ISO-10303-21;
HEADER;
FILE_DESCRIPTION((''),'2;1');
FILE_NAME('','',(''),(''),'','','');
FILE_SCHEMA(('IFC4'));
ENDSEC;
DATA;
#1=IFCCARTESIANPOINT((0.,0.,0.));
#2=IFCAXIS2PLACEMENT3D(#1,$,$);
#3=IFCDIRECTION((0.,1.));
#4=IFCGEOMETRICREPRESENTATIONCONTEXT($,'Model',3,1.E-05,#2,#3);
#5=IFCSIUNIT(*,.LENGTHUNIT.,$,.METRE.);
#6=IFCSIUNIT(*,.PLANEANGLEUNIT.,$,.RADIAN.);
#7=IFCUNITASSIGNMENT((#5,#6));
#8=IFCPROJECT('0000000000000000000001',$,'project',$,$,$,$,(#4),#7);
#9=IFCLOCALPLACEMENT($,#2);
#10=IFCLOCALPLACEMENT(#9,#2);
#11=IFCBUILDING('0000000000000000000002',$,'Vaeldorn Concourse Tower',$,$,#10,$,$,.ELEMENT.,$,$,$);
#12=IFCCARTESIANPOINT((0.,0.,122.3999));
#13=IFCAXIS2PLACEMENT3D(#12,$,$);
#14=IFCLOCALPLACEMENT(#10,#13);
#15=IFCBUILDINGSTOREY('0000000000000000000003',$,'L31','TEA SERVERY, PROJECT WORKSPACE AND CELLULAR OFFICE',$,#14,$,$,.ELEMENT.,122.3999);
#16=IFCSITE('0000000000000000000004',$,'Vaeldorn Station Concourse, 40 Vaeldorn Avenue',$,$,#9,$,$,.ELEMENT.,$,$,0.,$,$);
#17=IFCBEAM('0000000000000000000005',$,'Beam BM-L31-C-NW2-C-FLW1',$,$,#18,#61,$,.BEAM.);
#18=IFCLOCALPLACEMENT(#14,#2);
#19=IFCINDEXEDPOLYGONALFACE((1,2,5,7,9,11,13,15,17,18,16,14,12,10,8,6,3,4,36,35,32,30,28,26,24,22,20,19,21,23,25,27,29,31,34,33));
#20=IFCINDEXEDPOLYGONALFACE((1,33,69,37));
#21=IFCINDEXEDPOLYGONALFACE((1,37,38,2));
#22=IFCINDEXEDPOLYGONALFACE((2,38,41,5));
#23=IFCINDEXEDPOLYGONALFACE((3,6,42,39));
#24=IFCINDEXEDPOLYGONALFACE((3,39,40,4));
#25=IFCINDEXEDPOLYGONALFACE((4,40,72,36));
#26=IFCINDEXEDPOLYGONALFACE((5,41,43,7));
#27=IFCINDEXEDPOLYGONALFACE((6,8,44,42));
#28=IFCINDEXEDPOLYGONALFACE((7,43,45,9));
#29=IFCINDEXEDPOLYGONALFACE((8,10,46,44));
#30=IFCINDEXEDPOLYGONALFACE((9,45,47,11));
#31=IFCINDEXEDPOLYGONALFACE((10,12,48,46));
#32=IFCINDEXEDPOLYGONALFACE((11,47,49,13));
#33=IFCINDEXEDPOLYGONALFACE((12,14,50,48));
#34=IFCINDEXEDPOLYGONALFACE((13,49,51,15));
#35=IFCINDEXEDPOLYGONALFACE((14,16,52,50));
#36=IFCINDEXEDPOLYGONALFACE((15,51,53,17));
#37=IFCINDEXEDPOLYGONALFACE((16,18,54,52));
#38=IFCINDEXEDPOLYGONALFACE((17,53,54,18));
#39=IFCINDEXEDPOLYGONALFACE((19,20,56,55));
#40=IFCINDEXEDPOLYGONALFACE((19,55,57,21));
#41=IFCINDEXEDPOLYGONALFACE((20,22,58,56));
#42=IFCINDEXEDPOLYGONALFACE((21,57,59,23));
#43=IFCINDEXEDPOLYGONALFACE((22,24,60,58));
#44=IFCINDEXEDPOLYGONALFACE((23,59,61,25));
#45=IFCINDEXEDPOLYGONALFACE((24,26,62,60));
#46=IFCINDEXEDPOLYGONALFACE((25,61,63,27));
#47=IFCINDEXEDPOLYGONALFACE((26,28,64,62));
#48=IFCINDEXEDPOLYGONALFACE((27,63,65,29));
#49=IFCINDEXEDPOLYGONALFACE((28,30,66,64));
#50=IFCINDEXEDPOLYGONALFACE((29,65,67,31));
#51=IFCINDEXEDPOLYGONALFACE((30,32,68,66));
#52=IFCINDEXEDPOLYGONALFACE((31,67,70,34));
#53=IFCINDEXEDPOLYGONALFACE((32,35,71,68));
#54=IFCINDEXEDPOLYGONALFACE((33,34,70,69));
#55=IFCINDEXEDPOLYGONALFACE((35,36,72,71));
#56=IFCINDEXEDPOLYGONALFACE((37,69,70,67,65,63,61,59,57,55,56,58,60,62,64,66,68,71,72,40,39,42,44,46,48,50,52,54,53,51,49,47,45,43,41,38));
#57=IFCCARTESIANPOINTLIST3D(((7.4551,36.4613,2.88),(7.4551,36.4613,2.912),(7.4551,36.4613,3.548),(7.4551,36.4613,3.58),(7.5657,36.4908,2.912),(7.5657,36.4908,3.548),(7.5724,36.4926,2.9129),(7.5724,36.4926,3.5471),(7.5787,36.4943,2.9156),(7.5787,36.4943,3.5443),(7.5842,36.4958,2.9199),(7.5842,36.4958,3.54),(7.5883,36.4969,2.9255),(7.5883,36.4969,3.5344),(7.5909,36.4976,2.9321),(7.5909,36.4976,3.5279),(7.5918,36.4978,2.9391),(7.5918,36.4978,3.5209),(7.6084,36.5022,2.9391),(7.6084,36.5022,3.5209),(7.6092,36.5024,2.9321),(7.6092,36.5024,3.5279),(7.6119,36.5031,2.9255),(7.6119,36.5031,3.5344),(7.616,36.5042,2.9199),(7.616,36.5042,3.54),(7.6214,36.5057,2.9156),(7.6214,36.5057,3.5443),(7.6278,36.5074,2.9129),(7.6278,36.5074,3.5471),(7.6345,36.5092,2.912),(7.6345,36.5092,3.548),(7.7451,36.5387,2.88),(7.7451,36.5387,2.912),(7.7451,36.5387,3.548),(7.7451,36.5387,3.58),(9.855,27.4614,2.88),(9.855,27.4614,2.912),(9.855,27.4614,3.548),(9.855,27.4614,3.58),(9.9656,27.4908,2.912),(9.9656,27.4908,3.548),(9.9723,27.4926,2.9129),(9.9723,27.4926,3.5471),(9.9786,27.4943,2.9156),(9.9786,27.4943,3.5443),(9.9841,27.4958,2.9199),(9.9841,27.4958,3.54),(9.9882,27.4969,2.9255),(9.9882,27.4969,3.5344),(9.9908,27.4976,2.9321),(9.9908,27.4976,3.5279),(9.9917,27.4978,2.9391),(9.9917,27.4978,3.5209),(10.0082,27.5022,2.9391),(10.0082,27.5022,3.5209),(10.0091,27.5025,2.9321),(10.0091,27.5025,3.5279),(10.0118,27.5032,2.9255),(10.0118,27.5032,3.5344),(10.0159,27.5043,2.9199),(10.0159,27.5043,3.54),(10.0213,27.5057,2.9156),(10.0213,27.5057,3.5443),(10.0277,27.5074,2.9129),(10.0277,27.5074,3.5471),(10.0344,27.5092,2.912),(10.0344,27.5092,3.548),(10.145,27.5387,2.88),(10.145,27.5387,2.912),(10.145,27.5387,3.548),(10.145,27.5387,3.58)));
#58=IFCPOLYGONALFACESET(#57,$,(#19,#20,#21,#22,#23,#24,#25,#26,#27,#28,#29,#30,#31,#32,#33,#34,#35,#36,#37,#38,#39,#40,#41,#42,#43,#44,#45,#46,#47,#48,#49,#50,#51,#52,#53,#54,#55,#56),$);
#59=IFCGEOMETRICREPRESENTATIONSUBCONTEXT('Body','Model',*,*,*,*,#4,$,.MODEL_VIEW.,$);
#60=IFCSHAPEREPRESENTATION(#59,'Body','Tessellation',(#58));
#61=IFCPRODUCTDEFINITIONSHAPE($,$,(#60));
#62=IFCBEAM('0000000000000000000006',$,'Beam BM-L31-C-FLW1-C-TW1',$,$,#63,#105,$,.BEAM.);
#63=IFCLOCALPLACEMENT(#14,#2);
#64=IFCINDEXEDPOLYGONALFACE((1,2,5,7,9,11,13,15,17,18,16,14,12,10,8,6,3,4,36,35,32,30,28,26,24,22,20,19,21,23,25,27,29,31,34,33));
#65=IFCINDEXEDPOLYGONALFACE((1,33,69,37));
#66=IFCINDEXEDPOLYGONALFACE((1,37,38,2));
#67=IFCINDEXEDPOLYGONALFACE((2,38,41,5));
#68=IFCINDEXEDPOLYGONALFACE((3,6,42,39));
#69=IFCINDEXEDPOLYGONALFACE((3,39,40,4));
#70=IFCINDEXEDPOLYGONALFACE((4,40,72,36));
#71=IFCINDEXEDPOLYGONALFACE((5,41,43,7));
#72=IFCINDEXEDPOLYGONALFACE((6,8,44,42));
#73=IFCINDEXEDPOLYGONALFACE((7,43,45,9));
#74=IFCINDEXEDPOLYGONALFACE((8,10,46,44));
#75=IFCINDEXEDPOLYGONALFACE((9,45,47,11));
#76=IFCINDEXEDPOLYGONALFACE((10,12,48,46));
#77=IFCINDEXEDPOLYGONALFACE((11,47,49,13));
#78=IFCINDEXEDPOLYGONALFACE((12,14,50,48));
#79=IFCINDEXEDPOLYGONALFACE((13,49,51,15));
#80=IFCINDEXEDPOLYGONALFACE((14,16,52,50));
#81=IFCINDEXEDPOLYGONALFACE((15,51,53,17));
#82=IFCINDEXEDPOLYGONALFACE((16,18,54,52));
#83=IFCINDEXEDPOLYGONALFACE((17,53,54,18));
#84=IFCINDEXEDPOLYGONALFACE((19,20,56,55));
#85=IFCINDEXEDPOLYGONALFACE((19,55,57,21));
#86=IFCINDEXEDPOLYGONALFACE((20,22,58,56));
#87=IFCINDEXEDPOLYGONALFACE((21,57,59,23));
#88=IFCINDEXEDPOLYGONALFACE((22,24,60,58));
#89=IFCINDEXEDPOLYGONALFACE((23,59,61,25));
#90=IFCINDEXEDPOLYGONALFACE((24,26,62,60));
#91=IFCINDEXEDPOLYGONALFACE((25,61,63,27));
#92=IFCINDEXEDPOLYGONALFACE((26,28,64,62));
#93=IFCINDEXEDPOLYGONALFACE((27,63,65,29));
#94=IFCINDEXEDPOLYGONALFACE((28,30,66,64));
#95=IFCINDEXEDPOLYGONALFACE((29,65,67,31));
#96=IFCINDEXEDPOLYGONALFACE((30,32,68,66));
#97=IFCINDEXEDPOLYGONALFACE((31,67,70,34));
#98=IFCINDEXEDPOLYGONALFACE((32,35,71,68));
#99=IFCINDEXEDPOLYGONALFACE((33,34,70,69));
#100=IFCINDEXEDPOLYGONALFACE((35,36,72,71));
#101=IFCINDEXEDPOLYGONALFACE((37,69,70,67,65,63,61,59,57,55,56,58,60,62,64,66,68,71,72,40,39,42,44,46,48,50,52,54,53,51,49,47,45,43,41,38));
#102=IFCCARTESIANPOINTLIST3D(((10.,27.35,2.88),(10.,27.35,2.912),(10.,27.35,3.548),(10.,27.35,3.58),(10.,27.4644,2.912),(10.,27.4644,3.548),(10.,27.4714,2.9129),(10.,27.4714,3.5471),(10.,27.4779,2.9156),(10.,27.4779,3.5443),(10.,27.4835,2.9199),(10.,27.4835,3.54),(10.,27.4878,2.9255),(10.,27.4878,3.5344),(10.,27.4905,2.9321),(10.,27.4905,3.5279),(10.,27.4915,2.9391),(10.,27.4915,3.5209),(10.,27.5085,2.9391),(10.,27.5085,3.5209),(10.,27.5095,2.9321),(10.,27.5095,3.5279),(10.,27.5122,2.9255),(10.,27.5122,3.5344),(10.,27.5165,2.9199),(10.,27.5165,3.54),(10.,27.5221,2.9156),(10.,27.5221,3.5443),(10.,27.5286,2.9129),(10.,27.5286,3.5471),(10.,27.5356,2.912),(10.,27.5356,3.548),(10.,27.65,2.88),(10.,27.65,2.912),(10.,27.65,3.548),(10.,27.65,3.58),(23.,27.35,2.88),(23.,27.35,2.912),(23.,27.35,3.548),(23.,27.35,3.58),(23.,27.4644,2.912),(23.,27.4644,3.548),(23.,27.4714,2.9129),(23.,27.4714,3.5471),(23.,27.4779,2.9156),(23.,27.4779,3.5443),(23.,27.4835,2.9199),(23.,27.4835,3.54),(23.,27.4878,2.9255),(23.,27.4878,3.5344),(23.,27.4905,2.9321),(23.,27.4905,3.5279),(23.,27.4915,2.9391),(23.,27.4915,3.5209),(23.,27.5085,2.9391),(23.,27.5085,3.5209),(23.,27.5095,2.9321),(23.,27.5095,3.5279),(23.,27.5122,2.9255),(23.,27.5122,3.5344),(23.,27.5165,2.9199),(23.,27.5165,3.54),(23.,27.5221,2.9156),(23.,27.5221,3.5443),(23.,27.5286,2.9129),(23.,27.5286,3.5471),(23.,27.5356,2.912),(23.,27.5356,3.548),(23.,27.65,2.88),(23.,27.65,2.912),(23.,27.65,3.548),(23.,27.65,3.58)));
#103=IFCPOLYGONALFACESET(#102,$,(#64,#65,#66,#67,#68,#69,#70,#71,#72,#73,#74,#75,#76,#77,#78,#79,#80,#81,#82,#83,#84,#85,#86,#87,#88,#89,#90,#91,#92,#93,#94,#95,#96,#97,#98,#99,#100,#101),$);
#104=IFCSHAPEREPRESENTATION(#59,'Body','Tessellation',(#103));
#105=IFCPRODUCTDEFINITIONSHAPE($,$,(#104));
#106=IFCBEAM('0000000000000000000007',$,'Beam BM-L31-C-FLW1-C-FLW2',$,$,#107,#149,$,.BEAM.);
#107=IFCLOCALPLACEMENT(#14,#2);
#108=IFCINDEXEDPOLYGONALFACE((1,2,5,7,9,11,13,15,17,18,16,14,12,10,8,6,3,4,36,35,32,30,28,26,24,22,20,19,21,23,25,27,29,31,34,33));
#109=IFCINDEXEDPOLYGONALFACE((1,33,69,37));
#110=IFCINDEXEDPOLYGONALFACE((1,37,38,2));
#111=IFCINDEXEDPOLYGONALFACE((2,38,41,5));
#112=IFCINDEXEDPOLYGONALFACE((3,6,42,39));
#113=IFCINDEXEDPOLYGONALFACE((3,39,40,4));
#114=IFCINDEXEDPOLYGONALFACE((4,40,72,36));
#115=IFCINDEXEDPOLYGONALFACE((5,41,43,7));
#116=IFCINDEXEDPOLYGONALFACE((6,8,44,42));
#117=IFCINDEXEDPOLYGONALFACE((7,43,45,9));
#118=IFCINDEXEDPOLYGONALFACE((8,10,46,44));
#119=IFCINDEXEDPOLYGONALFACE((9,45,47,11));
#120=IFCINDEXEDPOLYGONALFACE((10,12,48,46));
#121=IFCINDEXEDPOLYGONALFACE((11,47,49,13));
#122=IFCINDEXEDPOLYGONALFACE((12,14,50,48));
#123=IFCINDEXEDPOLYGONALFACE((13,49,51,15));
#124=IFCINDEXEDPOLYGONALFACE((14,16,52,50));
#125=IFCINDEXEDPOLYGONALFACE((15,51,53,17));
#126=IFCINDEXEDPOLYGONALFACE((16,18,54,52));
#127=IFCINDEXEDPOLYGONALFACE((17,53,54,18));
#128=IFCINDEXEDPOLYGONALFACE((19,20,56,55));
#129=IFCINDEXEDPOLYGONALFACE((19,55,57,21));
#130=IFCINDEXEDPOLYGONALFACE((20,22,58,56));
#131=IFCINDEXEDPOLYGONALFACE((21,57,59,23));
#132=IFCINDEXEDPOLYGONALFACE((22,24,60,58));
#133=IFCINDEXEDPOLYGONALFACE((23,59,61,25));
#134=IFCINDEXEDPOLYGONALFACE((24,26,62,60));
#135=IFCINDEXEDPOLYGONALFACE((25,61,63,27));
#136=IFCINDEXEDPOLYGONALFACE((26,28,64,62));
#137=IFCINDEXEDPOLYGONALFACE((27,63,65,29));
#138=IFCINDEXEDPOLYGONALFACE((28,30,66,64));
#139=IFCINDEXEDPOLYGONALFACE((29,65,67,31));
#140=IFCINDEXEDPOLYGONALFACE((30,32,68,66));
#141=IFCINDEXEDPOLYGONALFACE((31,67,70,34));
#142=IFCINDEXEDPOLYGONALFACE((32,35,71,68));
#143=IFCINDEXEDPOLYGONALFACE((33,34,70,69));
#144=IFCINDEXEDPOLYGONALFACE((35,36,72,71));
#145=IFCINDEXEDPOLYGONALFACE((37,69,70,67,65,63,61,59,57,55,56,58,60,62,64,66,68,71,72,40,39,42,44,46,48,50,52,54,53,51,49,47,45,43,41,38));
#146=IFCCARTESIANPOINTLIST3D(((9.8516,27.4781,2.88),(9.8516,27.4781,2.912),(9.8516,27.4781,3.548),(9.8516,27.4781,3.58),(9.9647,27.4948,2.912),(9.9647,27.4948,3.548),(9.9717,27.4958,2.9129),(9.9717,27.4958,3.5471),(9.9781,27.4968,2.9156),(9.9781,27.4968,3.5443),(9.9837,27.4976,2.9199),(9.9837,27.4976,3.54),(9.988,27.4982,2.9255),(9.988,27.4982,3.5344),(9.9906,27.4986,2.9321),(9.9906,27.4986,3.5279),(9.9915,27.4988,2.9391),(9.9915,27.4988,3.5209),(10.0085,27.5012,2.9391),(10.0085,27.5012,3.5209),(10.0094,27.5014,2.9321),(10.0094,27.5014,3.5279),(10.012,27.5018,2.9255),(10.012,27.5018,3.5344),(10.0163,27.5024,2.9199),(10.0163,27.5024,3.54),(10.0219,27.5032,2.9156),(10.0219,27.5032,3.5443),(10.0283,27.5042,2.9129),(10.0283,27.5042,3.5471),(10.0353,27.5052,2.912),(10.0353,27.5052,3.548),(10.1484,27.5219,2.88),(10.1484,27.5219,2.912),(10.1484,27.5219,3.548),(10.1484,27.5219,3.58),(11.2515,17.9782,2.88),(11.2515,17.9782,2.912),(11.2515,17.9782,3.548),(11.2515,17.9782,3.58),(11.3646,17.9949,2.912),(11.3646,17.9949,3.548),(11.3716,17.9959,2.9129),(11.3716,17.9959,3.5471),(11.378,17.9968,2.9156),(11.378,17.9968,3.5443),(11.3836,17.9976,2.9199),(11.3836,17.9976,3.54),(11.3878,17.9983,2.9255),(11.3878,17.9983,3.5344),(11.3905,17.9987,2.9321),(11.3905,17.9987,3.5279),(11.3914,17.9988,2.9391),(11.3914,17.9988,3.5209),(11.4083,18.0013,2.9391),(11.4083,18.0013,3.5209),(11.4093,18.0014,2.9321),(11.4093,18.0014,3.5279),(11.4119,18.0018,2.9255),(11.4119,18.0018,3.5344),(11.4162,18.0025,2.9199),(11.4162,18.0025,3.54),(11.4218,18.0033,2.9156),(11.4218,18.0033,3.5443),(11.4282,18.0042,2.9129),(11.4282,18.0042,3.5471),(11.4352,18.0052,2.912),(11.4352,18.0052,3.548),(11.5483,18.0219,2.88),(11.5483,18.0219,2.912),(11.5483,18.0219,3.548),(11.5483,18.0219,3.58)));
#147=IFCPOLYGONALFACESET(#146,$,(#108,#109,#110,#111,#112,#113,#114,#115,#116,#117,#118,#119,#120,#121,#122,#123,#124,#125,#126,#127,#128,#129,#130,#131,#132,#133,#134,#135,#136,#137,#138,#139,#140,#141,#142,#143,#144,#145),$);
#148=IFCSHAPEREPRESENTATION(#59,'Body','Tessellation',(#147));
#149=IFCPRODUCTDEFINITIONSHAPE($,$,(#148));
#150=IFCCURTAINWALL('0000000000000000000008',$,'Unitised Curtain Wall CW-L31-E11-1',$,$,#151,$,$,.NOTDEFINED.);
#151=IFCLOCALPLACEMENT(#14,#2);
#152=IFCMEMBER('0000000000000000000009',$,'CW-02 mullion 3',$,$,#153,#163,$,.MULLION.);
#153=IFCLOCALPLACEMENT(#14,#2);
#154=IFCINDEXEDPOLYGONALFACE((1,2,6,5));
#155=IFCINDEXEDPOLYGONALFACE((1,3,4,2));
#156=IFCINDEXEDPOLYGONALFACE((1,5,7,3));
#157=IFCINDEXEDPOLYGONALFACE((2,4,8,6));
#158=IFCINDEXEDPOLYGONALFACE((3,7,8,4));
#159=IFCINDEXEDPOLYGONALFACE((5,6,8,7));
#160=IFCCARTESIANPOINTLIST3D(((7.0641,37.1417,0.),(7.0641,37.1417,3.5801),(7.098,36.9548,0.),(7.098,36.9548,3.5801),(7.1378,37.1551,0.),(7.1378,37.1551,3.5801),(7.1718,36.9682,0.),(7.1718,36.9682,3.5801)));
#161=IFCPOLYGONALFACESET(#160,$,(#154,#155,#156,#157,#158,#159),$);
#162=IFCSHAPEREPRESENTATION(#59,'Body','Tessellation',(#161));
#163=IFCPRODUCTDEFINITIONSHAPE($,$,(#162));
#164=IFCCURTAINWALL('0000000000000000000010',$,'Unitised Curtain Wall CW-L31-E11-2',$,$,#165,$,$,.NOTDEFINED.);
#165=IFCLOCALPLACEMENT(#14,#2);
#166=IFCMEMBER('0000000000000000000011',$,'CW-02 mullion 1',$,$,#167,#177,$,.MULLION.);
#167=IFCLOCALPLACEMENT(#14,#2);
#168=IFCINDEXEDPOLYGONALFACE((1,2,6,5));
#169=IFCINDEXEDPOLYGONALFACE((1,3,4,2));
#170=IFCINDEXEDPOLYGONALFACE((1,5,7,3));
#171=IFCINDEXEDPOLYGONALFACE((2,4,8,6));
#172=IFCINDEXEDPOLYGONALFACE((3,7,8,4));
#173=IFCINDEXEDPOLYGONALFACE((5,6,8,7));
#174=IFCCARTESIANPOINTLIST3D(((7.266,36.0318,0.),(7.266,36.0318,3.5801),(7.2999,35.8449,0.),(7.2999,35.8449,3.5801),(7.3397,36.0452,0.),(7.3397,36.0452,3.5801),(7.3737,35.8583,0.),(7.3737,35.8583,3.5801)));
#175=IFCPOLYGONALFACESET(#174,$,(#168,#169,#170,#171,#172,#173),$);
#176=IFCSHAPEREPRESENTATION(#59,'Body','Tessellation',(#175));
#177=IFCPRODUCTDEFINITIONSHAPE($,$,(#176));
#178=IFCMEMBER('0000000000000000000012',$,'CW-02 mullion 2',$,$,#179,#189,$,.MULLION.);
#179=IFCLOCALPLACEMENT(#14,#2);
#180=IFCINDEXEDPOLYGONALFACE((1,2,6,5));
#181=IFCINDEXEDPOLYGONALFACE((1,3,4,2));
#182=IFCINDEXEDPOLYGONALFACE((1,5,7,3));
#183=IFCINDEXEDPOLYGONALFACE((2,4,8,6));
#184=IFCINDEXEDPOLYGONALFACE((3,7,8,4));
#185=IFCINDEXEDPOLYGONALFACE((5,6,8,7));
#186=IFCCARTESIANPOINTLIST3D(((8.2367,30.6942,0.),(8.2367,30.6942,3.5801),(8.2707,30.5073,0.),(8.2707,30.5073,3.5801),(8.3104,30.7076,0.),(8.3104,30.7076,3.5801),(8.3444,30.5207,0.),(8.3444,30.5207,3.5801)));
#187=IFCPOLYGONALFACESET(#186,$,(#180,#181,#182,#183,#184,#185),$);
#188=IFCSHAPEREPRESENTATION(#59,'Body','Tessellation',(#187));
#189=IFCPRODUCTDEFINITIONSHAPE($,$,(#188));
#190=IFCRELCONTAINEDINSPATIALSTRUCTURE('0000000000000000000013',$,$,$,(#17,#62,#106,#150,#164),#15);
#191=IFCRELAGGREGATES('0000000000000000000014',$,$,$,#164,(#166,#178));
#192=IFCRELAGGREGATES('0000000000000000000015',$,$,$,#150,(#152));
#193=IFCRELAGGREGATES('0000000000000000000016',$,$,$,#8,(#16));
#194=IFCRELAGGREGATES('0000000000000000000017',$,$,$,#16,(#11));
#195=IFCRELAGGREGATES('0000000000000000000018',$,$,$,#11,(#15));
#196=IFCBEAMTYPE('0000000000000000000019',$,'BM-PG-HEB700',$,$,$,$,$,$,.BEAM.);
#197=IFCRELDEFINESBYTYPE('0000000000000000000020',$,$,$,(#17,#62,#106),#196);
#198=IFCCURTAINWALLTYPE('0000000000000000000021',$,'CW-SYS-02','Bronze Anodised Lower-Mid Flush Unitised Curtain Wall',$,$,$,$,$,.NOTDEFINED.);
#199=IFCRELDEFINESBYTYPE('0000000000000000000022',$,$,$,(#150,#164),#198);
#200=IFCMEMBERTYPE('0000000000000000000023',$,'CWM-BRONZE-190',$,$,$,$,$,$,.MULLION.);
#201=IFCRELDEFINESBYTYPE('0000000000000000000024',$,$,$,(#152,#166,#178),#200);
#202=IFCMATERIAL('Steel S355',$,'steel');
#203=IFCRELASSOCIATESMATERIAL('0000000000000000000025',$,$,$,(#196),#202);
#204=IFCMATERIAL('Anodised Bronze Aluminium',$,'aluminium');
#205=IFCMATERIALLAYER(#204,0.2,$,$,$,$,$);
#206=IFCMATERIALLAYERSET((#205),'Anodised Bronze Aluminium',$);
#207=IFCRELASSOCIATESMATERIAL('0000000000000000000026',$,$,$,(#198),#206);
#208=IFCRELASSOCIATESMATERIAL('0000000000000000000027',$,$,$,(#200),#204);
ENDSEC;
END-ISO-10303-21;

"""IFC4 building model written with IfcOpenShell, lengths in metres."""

from ifc_helpers import new_model, si_unit, direction, frame, origin, origin_2d, place, context, subcontext, project, spatial, rectangle, i_section, extrude, source, transform, mapped, material, layer, layer_set, material_profile, profile_set, type_object, element, aggregate, save


model = new_model("IFC4")

# Units and contexts
model_context = context("Model", 3, precision=1e-05, world=origin(), true_north=direction((0.0, 1.0)))
body_context = subcontext(model_context, "Body", "Model", "MODEL_VIEW")
ifc_project = project(units=[si_unit("LENGTHUNIT", "METRE"), si_unit("PLANEANGLEUNIT", "RADIAN")], contexts=[model_context])

# Site, building, storey
site_placement = place(None, origin())
site = spatial("IfcSite", under=ifc_project, at=site_placement, Name="Vaeldorn Station Concourse, 40 Vaeldorn Avenue", CompositionType="ELEMENT", RefElevation=0.0)
building_placement = place(site_placement, origin())
building = spatial("IfcBuilding", under=site, at=building_placement, Name="Vaeldorn Concourse Tower", CompositionType="ELEMENT")
storey_placement = place(building_placement, frame((0.0, 0.0, 122.3999)))
storey = spatial("IfcBuildingStorey", under=building, at=storey_placement, Name="L31", Description="TEA SERVERY, PROJECT WORKSPACE AND CELLULAR OFFICE", CompositionType="ELEMENT", Elevation=122.3999)

# Beams
ifc_material_1 = material(Name="Steel S355", Category="steel")
ifc_material_profile_1 = material_profile(ifc_material_1, i_section(OverallWidth=0.3, OverallDepth=0.7, WebThickness=0.0171, FlangeThickness=0.032, FilletRadius=0.0271, at=origin_2d()), Name="HEB 700")
ifc_profile_set_1 = profile_set([ifc_material_profile_1], Name="Steel S355")
beam_type_1 = type_object("IfcBeamType", Name="BM-PG-HEB700", PredefinedType="BEAM", material=ifc_profile_set_1)
shared_shape_1 = source(origin(), body_context, "Body", "SweptSolid", [
    extrude(i_section(OverallWidth=0.3, OverallDepth=0.7, WebThickness=0.0171, FlangeThickness=0.032, FilletRadius=0.0271, at=origin_2d()), origin(), (0.0, 0.0, 1.0), 9.3145),
])
beam_1_placement = place(storey_placement, frame((7.6001, 36.5, 3.23), z_axis=(0.257653, -0.966238, 0.0), x_axis=(0.966238, 0.257653, 0.0)))
element("IfcBeam", 1, at=beam_1_placement, inside=storey, type_object=beam_type_1, Name="Beam BM-L31-C-NW2-C-FLW1", PredefinedType="BEAM", context=body_context, shape_type="MappedRepresentation", body=[
    mapped(shared_shape_1, transform((0.0, 0.0, 0.0), scale=1.0)),
])
shared_shape_2 = source(origin(), body_context, "Body", "SweptSolid", [
    extrude(i_section(OverallWidth=0.3, OverallDepth=0.7, WebThickness=0.0171, FlangeThickness=0.032, FilletRadius=0.0271, at=origin_2d()), origin(), (0.0, 0.0, 1.0), 13.0),
])
beam_2_placement = place(storey_placement, frame((10.0, 27.5, 3.23), z_axis=(1.0, 0.0, 0.0), x_axis=(0.0, 1.0, 0.0)))
element("IfcBeam", 2, at=beam_2_placement, inside=storey, type_object=beam_type_1, Name="Beam BM-L31-C-FLW1-C-TW1", PredefinedType="BEAM", context=body_context, shape_type="MappedRepresentation", body=[
    mapped(shared_shape_2, transform((0.0, 0.0, 0.0), scale=1.0)),
])
shared_shape_3 = source(origin(), body_context, "Body", "SweptSolid", [
    extrude(i_section(OverallWidth=0.3, OverallDepth=0.7, WebThickness=0.0171, FlangeThickness=0.032, FilletRadius=0.0271, at=origin_2d()), origin(), (0.0, 0.0, 1.0), 9.6025),
])
beam_3_placement = place(storey_placement, frame((10.0, 27.5, 3.23), z_axis=(0.145784, -0.989316, 0.0), x_axis=(0.989316, 0.145784, 0.0)))
element("IfcBeam", 3, at=beam_3_placement, inside=storey, type_object=beam_type_1, Name="Beam BM-L31-C-FLW1-C-FLW2", PredefinedType="BEAM", context=body_context, shape_type="MappedRepresentation", body=[
    mapped(shared_shape_3, transform((0.0, 0.0, 0.0), scale=1.0)),
])

# Curtain wall, member
ifc_material_2 = material(Name="Anodised Bronze Aluminium", Category="aluminium")
ifc_layer_1 = layer(ifc_material_2, 0.2)
ifc_layer_set_1 = layer_set([ifc_layer_1], Name="Anodised Bronze Aluminium")
curtain_wall_type = type_object("IfcCurtainWallType", Name="CW-SYS-02", Description="Bronze Anodised Lower-Mid Flush Unitised Curtain Wall", PredefinedType="NOTDEFINED", material=ifc_layer_set_1)
curtain_wall_1_placement = place(storey_placement, origin())
curtain_wall_1 = element("IfcCurtainWall", 4, at=curtain_wall_1_placement, inside=storey, type_object=curtain_wall_type, Name="Unitised Curtain Wall CW-L31-E11-1", PredefinedType="NOTDEFINED")
ifc_material_profile_2 = material_profile(ifc_material_2, rectangle(XDim=0.075, YDim=0.1899, at=origin_2d()), Name="CWM 75x190")
ifc_profile_set_2 = profile_set([ifc_material_profile_2], Name="Anodised Bronze Aluminium")
member_type_1 = type_object("IfcMemberType", Name="CWM-BRONZE-190", PredefinedType="MULLION", material=ifc_profile_set_2)
shared_shape_4 = source(origin(), body_context, "Body", "SweptSolid", [
    extrude(rectangle(XDim=0.075, YDim=0.1899, at=origin_2d()), origin(), (0.0, 0.0, 1.0), 3.5801),
])
member_1_placement = place(storey_placement, frame((7.1179, 37.0549, 0.0), z_axis=(0.0, 0.0, 1.0), x_axis=(0.98386, 0.178943, 0.0)))
member_1 = element("IfcMember", 5, at=member_1_placement, type_object=member_type_1, Name="CW-02 mullion 3", PredefinedType="MULLION", context=body_context, shape_type="MappedRepresentation", body=[
    mapped(shared_shape_4, transform((0.0, 0.0, 0.0), scale=1.0)),
])

# Curtain wall, members
curtain_wall_2_placement = place(storey_placement, origin())
curtain_wall_2 = element("IfcCurtainWall", 6, at=curtain_wall_2_placement, inside=storey, type_object=curtain_wall_type, Name="Unitised Curtain Wall CW-L31-E11-2", PredefinedType="NOTDEFINED")
member_2_placement = place(storey_placement, frame((7.3198, 35.9451, 0.0), z_axis=(0.0, 0.0, 1.0), x_axis=(0.983859, 0.178945, 0.0)))
member_2 = element("IfcMember", 7, at=member_2_placement, type_object=member_type_1, Name="CW-02 mullion 1", PredefinedType="MULLION", context=body_context, shape_type="MappedRepresentation", body=[
    mapped(shared_shape_4, transform((0.0, 0.0, 0.0), scale=1.0)),
])
member_3_placement = place(storey_placement, frame((8.2905, 30.6074, 0.0), z_axis=(0.0, 0.0, 1.0), x_axis=(0.983859, 0.178945, 0.0)))
member_3 = element("IfcMember", 8, at=member_3_placement, type_object=member_type_1, Name="CW-02 mullion 2", PredefinedType="MULLION", context=body_context, shape_type="MappedRepresentation", body=[
    mapped(shared_shape_4, transform((0.0, 0.0, 0.0), scale=1.0)),
])
aggregate(curtain_wall_2, [member_2, member_3])

aggregate(curtain_wall_1, [member_1])

save(model, "model.ifc")
